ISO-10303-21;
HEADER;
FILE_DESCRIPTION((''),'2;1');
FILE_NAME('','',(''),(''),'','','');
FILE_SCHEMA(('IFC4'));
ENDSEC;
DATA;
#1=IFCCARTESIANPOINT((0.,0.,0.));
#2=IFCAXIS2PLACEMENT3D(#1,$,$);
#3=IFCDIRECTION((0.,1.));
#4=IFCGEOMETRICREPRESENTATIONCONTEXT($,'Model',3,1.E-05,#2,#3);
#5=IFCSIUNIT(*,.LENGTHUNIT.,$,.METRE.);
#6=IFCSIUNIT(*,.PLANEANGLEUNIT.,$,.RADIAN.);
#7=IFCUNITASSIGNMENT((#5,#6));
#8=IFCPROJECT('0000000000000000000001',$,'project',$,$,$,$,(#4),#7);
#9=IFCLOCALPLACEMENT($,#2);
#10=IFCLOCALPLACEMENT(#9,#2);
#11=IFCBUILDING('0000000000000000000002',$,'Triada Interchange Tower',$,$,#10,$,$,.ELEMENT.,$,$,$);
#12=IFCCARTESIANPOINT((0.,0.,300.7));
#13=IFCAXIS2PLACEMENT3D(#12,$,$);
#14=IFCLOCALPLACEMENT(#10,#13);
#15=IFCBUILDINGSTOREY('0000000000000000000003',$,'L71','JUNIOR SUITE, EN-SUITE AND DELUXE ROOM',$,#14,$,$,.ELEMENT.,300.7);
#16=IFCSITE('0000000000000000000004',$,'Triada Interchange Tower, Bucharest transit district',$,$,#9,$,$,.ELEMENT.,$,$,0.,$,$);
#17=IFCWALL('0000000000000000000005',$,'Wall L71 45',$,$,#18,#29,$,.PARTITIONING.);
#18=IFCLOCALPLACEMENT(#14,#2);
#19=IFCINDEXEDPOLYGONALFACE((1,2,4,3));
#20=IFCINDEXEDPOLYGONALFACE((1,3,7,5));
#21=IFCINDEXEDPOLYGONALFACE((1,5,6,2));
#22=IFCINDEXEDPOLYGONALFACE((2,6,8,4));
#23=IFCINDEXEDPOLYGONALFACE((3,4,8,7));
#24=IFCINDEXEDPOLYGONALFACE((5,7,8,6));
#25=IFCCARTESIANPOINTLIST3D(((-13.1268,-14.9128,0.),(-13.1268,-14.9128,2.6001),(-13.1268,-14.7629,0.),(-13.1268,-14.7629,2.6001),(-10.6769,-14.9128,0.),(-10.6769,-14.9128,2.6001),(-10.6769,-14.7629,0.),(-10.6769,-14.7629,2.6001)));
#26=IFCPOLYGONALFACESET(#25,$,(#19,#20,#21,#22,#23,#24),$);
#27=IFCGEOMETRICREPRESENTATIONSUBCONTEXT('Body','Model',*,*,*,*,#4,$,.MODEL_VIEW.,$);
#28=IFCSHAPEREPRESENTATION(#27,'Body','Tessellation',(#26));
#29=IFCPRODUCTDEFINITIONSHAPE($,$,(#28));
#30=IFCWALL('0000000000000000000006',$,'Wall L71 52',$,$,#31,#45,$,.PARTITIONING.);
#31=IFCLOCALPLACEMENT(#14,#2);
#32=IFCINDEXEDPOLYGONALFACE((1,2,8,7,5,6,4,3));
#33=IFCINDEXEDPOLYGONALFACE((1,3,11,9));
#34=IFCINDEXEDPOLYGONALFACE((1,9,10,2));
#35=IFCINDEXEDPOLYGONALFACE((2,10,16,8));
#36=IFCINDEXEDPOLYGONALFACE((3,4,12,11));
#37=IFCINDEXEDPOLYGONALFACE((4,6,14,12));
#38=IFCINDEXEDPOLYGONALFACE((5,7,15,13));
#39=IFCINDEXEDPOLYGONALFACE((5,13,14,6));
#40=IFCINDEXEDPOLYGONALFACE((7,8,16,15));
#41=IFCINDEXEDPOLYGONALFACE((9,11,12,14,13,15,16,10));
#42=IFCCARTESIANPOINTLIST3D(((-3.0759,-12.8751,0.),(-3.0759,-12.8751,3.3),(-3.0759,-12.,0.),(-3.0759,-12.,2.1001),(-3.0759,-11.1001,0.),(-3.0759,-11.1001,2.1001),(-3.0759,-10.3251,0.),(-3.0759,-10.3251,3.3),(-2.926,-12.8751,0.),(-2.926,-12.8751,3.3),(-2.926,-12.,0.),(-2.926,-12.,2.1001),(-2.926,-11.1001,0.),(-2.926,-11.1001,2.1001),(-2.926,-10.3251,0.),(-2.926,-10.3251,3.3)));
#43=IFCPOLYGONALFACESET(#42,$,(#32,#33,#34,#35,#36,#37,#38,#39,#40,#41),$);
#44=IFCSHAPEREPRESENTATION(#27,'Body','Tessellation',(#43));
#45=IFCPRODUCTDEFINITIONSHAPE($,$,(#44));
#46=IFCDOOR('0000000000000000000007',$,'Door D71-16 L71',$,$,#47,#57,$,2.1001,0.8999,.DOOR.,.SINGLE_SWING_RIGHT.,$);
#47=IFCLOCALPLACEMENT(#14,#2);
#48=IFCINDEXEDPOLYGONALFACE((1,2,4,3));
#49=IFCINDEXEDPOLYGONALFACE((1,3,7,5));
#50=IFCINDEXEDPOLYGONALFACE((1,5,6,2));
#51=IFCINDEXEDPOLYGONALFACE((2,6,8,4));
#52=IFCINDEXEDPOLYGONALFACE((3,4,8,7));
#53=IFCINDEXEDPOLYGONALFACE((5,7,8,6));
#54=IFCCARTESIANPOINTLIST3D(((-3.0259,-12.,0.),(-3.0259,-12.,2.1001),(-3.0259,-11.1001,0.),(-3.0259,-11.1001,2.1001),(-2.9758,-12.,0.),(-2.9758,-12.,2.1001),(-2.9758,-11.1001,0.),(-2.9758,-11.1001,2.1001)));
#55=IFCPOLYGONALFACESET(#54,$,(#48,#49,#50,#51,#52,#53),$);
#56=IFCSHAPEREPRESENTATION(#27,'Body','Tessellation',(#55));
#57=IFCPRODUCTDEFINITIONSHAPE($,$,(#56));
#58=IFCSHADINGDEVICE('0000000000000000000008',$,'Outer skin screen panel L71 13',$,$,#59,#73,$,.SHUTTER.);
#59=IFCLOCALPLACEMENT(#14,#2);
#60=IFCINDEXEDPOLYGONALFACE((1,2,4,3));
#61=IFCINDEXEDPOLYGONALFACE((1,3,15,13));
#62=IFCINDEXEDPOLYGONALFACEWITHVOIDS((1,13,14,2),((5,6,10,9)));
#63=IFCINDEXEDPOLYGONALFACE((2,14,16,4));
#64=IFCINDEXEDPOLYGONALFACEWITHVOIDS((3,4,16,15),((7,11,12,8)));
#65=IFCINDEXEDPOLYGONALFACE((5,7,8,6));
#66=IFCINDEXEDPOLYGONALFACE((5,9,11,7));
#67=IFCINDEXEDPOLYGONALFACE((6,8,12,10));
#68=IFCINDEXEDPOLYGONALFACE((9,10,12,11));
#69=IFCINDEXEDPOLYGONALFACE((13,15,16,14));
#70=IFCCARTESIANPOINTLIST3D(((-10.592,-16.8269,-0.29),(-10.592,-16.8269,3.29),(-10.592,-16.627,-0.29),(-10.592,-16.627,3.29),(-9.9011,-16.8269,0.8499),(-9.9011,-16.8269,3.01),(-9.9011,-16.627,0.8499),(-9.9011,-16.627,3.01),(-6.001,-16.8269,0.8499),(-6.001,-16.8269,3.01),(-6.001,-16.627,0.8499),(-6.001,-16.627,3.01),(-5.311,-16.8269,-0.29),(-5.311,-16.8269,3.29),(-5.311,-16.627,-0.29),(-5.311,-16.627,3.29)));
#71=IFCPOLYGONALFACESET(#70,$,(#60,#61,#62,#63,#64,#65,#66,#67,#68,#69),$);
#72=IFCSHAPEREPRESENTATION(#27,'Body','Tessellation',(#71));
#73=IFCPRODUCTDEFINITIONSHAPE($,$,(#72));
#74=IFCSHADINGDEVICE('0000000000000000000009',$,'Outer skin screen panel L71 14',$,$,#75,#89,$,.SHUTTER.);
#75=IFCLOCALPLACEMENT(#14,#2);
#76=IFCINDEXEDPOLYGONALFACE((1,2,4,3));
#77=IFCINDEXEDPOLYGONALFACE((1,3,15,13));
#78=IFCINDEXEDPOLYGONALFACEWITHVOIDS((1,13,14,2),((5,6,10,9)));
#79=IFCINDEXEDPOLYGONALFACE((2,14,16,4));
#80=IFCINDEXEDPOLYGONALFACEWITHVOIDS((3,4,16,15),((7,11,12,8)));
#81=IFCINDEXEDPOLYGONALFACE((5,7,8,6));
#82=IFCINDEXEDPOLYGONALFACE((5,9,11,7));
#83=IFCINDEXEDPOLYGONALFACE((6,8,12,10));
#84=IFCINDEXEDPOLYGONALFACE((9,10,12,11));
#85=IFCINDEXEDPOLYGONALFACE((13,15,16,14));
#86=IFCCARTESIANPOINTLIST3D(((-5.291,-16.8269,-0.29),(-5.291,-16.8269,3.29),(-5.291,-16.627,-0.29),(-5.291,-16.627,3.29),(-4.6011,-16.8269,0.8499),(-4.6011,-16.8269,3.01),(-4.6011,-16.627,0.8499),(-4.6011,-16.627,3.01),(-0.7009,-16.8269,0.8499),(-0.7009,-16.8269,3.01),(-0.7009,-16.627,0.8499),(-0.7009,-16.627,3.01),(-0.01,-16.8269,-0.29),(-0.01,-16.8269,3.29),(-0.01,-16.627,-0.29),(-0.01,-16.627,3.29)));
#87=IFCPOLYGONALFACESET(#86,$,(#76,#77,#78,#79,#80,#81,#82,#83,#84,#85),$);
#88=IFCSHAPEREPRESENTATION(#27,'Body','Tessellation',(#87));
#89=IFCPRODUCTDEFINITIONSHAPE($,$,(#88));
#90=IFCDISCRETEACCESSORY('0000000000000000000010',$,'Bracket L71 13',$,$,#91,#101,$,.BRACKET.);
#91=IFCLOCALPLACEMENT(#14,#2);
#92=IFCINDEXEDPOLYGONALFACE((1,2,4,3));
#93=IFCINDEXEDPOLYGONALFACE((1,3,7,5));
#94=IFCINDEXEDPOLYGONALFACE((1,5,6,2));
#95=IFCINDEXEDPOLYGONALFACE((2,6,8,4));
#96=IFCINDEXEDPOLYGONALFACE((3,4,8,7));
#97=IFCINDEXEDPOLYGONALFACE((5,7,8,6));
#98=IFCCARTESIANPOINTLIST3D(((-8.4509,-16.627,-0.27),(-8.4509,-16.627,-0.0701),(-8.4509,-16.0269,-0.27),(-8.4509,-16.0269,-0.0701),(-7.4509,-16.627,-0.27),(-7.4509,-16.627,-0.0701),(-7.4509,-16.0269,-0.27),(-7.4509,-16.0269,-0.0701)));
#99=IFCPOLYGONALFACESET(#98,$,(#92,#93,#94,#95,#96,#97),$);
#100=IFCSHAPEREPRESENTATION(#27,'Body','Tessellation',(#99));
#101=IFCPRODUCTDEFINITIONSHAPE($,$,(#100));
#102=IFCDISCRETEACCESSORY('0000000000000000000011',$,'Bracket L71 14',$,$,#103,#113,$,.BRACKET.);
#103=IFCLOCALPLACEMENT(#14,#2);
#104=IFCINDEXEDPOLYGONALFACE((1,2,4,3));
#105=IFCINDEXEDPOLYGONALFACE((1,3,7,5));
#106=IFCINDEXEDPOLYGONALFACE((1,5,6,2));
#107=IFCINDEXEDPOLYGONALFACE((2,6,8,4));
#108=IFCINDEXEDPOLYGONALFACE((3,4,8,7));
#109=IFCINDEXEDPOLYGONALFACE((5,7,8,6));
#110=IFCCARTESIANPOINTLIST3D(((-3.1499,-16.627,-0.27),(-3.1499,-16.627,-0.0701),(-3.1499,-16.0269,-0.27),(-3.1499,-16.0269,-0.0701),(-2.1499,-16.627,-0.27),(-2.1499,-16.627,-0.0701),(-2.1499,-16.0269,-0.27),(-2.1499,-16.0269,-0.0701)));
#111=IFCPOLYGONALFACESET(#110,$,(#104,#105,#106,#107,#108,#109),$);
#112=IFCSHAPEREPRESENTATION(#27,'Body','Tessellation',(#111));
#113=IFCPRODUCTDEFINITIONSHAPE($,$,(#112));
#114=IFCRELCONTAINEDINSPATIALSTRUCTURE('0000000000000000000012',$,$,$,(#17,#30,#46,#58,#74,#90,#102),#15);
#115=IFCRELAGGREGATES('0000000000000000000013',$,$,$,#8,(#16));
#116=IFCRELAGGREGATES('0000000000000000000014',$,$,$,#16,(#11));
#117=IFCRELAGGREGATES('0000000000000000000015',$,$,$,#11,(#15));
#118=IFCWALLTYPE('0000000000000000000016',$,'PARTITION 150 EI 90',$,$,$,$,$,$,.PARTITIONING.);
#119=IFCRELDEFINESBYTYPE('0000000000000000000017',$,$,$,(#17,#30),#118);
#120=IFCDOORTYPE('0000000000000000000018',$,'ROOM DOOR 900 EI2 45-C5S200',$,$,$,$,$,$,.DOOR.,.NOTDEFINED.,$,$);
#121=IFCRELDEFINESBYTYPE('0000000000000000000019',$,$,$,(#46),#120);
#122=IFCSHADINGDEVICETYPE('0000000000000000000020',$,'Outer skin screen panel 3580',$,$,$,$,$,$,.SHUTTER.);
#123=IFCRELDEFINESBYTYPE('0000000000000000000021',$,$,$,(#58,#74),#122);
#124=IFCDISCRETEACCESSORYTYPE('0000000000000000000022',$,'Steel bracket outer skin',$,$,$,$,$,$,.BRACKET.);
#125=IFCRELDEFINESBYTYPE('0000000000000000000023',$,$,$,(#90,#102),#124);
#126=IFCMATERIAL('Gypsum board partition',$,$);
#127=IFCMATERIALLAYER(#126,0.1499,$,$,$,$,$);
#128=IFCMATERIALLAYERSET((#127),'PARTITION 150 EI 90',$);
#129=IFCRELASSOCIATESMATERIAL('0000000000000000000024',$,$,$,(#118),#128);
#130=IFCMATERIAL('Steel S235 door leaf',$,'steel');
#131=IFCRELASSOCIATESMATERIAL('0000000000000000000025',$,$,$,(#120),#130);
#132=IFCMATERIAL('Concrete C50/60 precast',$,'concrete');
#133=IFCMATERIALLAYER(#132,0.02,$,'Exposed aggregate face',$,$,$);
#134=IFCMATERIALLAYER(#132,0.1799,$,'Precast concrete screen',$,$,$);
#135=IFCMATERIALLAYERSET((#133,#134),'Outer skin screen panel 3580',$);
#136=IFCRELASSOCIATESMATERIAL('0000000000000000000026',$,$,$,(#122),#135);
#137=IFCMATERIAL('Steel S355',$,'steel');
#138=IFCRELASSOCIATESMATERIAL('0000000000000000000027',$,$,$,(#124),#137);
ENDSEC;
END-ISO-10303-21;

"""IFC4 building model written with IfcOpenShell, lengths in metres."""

from ifc_helpers import new_model, si_unit, direction, frame, frame_2d, origin, origin_2d, place, context, subcontext, project, spatial, polyline, rectangle, outline, extrude, material, layer, layer_set, type_object, element, fill, save


model = new_model("IFC4")

# Units and contexts
model_context = context("Model", 3, precision=1e-05, world=origin(), true_north=direction((0.0, 1.0)))
body_context = subcontext(model_context, "Body", "Model", "MODEL_VIEW")
ifc_project = project(units=[si_unit("LENGTHUNIT", "METRE"), si_unit("PLANEANGLEUNIT", "RADIAN")], contexts=[model_context])

# Site, building, storey
site_placement = place(None, origin())
site = spatial("IfcSite", under=ifc_project, at=site_placement, Name="Triada Interchange Tower, Bucharest transit district", CompositionType="ELEMENT", RefElevation=0.0)
building_placement = place(site_placement, origin())
building = spatial("IfcBuilding", under=site, at=building_placement, Name="Triada Interchange Tower", CompositionType="ELEMENT")
storey_placement = place(building_placement, frame((0.0, 0.0, 300.7)))
storey = spatial("IfcBuildingStorey", under=building, at=storey_placement, Name="L71", Description="JUNIOR SUITE, EN-SUITE AND DELUXE ROOM", CompositionType="ELEMENT", Elevation=300.7)

# Shared definitions
ifc_material_1 = material(Name="Gypsum board partition")
ifc_layer_1 = layer(ifc_material_1, 0.1499)
ifc_layer_set_1 = layer_set([ifc_layer_1], Name="PARTITION 150 EI 90")
wall_type_1 = type_object("IfcWallType", Name="PARTITION 150 EI 90", PredefinedType="PARTITIONING", material=ifc_layer_set_1)

# Shared definitions
ifc_material_2 = material(Name="Steel S235 door leaf", Category="steel")
door_type = type_object("IfcDoorType", Name="ROOM DOOR 900 EI2 45-C5S200", OperationType="NOTDEFINED", PredefinedType="DOOR", material=ifc_material_2)

# Wall
wall_1_placement = place(storey_placement, frame((-13.127, -14.8379, 0.0), z_axis=(0.0, 0.0, 1.0), x_axis=(1.0, 0.0, 0.0)))
element("IfcWall", 1, at=wall_1_placement, inside=storey, type_object=wall_type_1, Name="Wall L71 45", PredefinedType="PARTITIONING", context=body_context, shape_type="SweptSolid", body=[
    extrude(rectangle(XDim=2.45, YDim=0.1499, at=frame_2d((1.2251, 0.0))), origin(), (0.0, 0.0, 1.0), 2.6001),
])

# Wall, opening, door
wall_2_placement = place(storey_placement, frame((-3.001, -12.875, 0.0), z_axis=(0.0, 0.0, 1.0), x_axis=(0.0, 1.0, 0.0)))
wall_2 = element("IfcWall", 2, at=wall_2_placement, inside=storey, type_object=wall_type_1, Name="Wall L71 52", PredefinedType="PARTITIONING", context=body_context, shape_type="SweptSolid", body=[
    extrude(rectangle(XDim=2.55, YDim=0.1499, at=frame_2d((1.2749, 0.0))), origin(), (0.0, 0.0, 1.0), 3.3),
])
opening_1_placement = place(wall_2_placement, frame((0.875, 0.0, 0.0)))
opening_1 = element("IfcOpeningElement", 3, at=opening_1_placement, cuts=wall_2, PredefinedType="OPENING", context=body_context, shape_type="SweptSolid", body=[
    extrude(rectangle(XDim=0.8999, YDim=2.1001, at=frame_2d((0.45, 1.05))), frame((0.0, 0.085, 0.0), z_axis=(0.0, -1.0, 0.0), x_axis=(1.0, 0.0, 0.0)), (0.0, 0.0, 1.0), 0.1699),
])
door_1_placement = place(opening_1_placement, origin())
door_1 = element("IfcDoor", 4, at=door_1_placement, inside=storey, type_object=door_type, Name="Door D71-16 L71", OperationType="SINGLE_SWING_RIGHT", OverallHeight=2.1001, OverallWidth=0.8999, PredefinedType="DOOR", context=body_context, shape_type="SweptSolid", body=[
    extrude(rectangle(XDim=0.8999, YDim=2.1001, at=frame_2d((0.45, 1.05))), frame((0.0, 0.0249, 0.0), z_axis=(0.0, -1.0, 0.0), x_axis=(1.0, 0.0, 0.0)), (0.0, 0.0, 1.0), 0.05),
])
fill(opening_1, door_1)

# Shading devices
ifc_material_3 = material(Name="Concrete C50/60 precast", Category="concrete")
ifc_layer_2 = layer(ifc_material_3, 0.02, Name="Exposed aggregate face")
ifc_layer_3 = layer(ifc_material_3, 0.1799, Name="Precast concrete screen")
ifc_layer_set_2 = layer_set([ifc_layer_2, ifc_layer_3], Name="Outer skin screen panel 3580")
shading_device_type = type_object("IfcShadingDeviceType", Name="Outer skin screen panel 3580", PredefinedType="SHUTTER", material=ifc_layer_set_2)
shading_device_1_placement = place(storey_placement, frame((-10.592, -16.627, -0.29), z_axis=(0.0, 0.0, 1.0), x_axis=(1.0, 0.0, 0.0)))
element("IfcShadingDevice", 5, at=shading_device_1_placement, inside=storey, type_object=shading_device_type, Name="Outer skin screen panel L71 13", PredefinedType="SHUTTER", context=body_context, shape_type="SweptSolid", body=[
    extrude(outline(polyline([(0.0, 0.0), (5.281, 0.0), (5.281, 3.5801), (0.0, 3.5801), (0.0, 0.0)]), holes=[polyline([(0.6909, 1.1399), (0.6909, 3.3), (4.5911, 3.3), (4.5911, 1.1399), (0.6909, 1.1399)])]), frame((0.0, 0.0, 0.0), z_axis=(0.0, -1.0, 0.0), x_axis=(1.0, 0.0, 0.0)), (0.0, 0.0, 1.0), 0.2),
])
shading_device_2_placement = place(storey_placement, frame((-5.291, -16.627, -0.29), z_axis=(0.0, 0.0, 1.0), x_axis=(1.0, 0.0, 0.0)))
element("IfcShadingDevice", 6, at=shading_device_2_placement, inside=storey, type_object=shading_device_type, Name="Outer skin screen panel L71 14", PredefinedType="SHUTTER", context=body_context, shape_type="SweptSolid", body=[
    extrude(outline(polyline([(0.0, 0.0), (5.281, 0.0), (5.281, 3.5801), (0.0, 3.5801), (0.0, 0.0)]), holes=[polyline([(0.6899, 1.1399), (0.6899, 3.3), (4.5901, 3.3), (4.5901, 1.1399), (0.6899, 1.1399)])]), frame((0.0, 0.0, 0.0), z_axis=(0.0, -1.0, 0.0), x_axis=(1.0, 0.0, 0.0)), (0.0, 0.0, 1.0), 0.2),
])

# Discrete accessories
ifc_material_4 = material(Name="Steel S355", Category="steel")
discrete_accessory_type = type_object("IfcDiscreteAccessoryType", Name="Steel bracket outer skin", PredefinedType="BRACKET", material=ifc_material_4)
for number, where, z_axis, x_axis, name in (
    (7, (-7.9509, -16.3269, -0.27), (0.0, 0.0, 1.0), (0.0, -1.0, 0.0), "Bracket L71 13"),
    (8, (-2.6499, -16.3269, -0.27), (0.0, 0.0, 1.0), (0.0, -1.0, 0.0), "Bracket L71 14"),
):
    element("IfcDiscreteAccessory", number, at=place(storey_placement, frame(where, z_axis=z_axis, x_axis=x_axis)), inside=storey, type_object=discrete_accessory_type, Name=name, PredefinedType="BRACKET", context=body_context, shape_type="SweptSolid", body=[
        extrude(rectangle(XDim=0.6001, YDim=1.0, at=origin_2d()), origin(), (0.0, 0.0, 1.0), 0.2),
    ])

save(model, "model.ifc")
